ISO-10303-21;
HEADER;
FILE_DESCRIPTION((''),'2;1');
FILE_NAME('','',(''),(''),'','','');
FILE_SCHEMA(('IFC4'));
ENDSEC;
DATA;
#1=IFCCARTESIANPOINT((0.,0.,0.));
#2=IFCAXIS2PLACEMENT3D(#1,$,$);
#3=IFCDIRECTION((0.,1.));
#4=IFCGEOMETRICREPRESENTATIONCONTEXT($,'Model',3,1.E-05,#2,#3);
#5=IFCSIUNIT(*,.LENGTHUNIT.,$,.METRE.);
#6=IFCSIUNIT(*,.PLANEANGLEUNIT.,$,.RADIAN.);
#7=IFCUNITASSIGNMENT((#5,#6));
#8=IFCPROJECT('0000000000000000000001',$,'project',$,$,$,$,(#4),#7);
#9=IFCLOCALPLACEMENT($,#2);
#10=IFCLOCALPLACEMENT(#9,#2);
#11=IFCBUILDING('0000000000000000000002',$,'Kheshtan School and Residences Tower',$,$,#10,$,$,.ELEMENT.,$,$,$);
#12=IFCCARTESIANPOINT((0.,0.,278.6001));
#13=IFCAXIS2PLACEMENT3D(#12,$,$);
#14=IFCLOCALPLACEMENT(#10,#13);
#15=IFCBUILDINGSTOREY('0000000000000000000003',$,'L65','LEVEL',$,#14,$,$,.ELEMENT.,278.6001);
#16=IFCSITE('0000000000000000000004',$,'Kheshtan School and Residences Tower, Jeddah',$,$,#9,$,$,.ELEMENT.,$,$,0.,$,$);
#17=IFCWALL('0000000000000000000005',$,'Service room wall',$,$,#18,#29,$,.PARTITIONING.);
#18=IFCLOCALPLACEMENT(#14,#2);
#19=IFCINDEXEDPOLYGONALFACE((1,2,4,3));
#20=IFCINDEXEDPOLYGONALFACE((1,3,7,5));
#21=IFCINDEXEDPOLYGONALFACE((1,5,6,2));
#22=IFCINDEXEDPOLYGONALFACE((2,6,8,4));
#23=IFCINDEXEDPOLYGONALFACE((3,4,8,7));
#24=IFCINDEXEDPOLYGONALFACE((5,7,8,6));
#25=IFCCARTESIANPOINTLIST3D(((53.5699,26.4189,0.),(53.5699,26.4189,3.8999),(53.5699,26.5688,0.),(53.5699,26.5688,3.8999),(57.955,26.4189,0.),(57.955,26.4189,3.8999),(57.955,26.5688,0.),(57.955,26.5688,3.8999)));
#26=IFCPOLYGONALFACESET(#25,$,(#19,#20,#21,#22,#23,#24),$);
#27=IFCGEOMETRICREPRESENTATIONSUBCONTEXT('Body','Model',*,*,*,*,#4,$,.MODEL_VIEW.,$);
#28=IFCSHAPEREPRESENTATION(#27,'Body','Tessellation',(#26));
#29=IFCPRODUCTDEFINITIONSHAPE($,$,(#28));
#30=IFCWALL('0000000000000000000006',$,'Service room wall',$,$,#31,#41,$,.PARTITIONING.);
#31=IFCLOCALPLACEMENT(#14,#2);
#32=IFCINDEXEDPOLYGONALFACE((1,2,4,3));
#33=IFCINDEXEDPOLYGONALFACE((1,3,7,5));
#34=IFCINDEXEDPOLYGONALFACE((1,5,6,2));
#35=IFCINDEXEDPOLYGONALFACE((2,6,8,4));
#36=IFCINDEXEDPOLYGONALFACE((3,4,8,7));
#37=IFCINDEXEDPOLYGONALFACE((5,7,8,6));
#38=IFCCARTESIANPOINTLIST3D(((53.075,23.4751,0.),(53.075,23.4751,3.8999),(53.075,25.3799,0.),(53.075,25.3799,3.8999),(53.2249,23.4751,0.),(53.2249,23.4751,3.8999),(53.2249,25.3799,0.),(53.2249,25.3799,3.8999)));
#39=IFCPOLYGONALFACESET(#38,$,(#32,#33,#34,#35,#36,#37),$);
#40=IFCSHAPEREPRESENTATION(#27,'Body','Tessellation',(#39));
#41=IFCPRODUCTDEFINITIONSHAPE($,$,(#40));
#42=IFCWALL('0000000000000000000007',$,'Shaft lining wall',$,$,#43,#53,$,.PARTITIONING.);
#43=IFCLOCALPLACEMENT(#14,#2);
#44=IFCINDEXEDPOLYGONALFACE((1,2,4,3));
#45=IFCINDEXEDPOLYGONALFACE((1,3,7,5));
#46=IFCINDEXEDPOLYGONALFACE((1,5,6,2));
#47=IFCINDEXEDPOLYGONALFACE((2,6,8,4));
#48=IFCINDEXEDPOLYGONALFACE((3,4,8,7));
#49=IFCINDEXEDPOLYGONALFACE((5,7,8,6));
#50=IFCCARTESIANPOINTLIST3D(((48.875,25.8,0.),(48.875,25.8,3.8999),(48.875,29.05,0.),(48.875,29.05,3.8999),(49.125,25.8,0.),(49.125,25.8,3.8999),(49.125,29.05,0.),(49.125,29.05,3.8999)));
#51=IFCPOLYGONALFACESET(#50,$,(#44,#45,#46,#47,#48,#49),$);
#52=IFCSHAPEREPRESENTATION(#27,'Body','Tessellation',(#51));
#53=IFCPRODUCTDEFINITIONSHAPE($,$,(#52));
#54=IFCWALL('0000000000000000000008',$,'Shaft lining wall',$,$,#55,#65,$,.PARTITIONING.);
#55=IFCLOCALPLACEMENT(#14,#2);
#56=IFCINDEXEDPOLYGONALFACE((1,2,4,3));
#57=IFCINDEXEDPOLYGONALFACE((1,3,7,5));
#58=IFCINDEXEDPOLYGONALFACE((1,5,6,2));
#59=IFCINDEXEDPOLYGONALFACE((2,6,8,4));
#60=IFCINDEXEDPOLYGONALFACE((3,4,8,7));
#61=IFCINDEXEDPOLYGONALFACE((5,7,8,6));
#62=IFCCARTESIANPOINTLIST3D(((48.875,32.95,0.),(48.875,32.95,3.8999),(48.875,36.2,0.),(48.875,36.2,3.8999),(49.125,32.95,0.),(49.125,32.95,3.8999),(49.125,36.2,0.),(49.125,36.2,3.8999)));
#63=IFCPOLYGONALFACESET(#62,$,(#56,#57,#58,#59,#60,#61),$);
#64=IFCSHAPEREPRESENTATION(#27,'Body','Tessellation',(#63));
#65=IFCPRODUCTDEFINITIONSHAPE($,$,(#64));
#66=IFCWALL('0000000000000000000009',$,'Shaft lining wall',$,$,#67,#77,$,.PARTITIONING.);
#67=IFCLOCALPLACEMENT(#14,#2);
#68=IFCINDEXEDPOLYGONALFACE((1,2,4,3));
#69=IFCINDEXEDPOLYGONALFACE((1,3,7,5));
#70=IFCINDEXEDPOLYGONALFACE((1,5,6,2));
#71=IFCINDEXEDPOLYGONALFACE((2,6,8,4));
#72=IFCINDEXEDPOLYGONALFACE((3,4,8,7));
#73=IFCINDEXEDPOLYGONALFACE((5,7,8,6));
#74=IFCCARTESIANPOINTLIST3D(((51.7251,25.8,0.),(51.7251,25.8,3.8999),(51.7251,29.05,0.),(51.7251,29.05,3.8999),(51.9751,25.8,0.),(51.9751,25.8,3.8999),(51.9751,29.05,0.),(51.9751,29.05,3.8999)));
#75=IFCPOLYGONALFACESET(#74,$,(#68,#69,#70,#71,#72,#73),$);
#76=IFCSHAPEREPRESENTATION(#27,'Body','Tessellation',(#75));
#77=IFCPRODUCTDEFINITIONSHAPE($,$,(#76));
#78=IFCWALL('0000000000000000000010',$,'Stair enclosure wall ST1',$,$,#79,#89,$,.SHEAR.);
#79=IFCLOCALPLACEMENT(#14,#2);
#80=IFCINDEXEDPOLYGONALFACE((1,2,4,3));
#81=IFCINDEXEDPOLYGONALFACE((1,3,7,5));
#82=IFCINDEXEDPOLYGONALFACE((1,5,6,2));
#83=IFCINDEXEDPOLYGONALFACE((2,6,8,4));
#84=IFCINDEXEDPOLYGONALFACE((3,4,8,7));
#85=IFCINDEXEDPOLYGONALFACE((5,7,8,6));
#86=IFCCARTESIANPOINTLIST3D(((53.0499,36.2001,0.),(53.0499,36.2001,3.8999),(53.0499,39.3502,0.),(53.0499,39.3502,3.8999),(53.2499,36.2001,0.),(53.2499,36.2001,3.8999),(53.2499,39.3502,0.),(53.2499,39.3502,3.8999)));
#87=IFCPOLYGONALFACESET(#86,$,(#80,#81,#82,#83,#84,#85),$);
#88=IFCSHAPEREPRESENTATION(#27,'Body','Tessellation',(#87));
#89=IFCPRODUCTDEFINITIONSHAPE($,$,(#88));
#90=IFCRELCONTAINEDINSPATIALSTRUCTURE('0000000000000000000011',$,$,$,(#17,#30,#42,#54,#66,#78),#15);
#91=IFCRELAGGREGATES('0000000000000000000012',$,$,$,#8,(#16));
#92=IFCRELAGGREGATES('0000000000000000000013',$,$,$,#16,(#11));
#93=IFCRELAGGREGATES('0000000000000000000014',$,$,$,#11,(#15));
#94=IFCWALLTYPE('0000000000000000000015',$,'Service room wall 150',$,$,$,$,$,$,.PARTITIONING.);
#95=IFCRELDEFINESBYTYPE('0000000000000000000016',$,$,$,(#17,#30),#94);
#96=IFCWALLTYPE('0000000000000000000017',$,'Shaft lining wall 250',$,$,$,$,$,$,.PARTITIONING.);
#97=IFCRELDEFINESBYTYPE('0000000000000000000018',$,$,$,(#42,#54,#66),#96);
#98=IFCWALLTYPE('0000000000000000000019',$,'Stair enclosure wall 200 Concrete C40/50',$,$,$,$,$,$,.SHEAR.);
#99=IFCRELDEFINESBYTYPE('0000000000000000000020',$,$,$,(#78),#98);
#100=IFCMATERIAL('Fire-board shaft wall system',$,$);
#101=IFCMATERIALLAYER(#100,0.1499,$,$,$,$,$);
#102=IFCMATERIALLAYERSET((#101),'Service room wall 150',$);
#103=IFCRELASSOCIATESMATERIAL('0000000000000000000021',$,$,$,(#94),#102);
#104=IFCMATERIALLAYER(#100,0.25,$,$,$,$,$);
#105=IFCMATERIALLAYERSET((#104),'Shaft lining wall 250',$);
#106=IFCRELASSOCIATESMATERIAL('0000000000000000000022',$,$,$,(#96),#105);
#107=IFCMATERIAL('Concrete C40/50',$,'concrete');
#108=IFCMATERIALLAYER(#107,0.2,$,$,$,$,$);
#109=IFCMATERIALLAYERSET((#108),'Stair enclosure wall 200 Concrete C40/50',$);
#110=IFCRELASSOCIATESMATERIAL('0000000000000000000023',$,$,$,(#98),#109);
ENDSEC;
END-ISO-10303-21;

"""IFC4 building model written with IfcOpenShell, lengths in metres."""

from ifc_helpers import new_model, si_unit, direction, frame, frame_2d, origin, place, context, subcontext, project, spatial, rectangle, extrude, material, layer, layer_set, type_object, element, save


model = new_model("IFC4")

# Units and contexts
model_context = context("Model", 3, precision=1e-05, world=origin(), true_north=direction((0.0, 1.0)))
body_context = subcontext(model_context, "Body", "Model", "MODEL_VIEW")
ifc_project = project(units=[si_unit("LENGTHUNIT", "METRE"), si_unit("PLANEANGLEUNIT", "RADIAN")], contexts=[model_context])

# Site, building, storey
site_placement = place(None, origin())
site = spatial("IfcSite", under=ifc_project, at=site_placement, Name="Kheshtan School and Residences Tower, Jeddah", CompositionType="ELEMENT", RefElevation=0.0)
building_placement = place(site_placement, origin())
building = spatial("IfcBuilding", under=site, at=building_placement, Name="Kheshtan School and Residences Tower", CompositionType="ELEMENT")
storey_placement = place(building_placement, frame((0.0, 0.0, 278.6001)))
storey = spatial("IfcBuildingStorey", under=building, at=storey_placement, Name="L65", Description="LEVEL", CompositionType="ELEMENT", Elevation=278.6001)

# Shared definitions
ifc_material_1 = material(Name="Fire-board shaft wall system")
ifc_layer_1 = layer(ifc_material_1, 0.1499)
ifc_layer_set_1 = layer_set([ifc_layer_1], Name="Service room wall 150")
wall_type_1 = type_object("IfcWallType", Name="Service room wall 150", PredefinedType="PARTITIONING", material=ifc_layer_set_1)

# Walls
wall_1_placement = place(storey_placement, frame((53.5701, 26.4939, 0.0), z_axis=(0.0, 0.0, 1.0), x_axis=(1.0, 0.0, 0.0)))
element("IfcWall", 1, at=wall_1_placement, inside=storey, type_object=wall_type_1, Name="Service room wall", PredefinedType="PARTITIONING", context=body_context, shape_type="SweptSolid", body=[
    extrude(rectangle(XDim=4.385, YDim=0.1499, at=frame_2d((2.1924, 0.0))), origin(), (0.0, 0.0, 1.0), 3.8999),
])
wall_2_placement = place(storey_placement, frame((53.1499, 23.4751, 0.0), z_axis=(0.0, 0.0, 1.0), x_axis=(0.0, 1.0, 0.0)))
element("IfcWall", 2, at=wall_2_placement, inside=storey, type_object=wall_type_1, Name="Service room wall", PredefinedType="PARTITIONING", context=body_context, shape_type="SweptSolid", body=[
    extrude(rectangle(XDim=1.9048, YDim=0.1499, at=frame_2d((0.9524, 0.0))), origin(), (0.0, 0.0, 1.0), 3.8999),
])
ifc_layer_2 = layer(ifc_material_1, 0.25)
ifc_layer_set_2 = layer_set([ifc_layer_2], Name="Shaft lining wall 250")
wall_type_2 = type_object("IfcWallType", Name="Shaft lining wall 250", PredefinedType="PARTITIONING", material=ifc_layer_set_2)
for number, where, z_axis, x_axis, name in (
    (3, (49.0, 25.8, 0.0), (0.0, 0.0, 1.0), (0.0, 1.0, 0.0), "Shaft lining wall"),
    (4, (49.0, 32.95, 0.0), (0.0, 0.0, 1.0), (0.0, 1.0, 0.0), "Shaft lining wall"),
    (5, (51.8501, 25.8, 0.0), (0.0, 0.0, 1.0), (0.0, 1.0, 0.0), "Shaft lining wall"),
):
    element("IfcWall", number, at=place(storey_placement, frame(where, z_axis=z_axis, x_axis=x_axis)), inside=storey, type_object=wall_type_2, Name=name, PredefinedType="PARTITIONING", context=body_context, shape_type="SweptSolid", body=[
        extrude(rectangle(XDim=3.25, YDim=0.25, at=frame_2d((1.625, 0.0))), origin(), (0.0, 0.0, 1.0), 3.8999),
    ])
ifc_material_2 = material(Name="Concrete C40/50", Category="concrete")
ifc_layer_3 = layer(ifc_material_2, 0.2)
ifc_layer_set_3 = layer_set([ifc_layer_3], Name="Stair enclosure wall 200 Concrete C40/50")
wall_type_3 = type_object("IfcWallType", Name="Stair enclosure wall 200 Concrete C40/50", PredefinedType="SHEAR", material=ifc_layer_set_3)
wall_3_placement = place(storey_placement, frame((53.1499, 36.2, 0.0), z_axis=(0.0, 0.0, 1.0), x_axis=(0.0, 1.0, 0.0)))
element("IfcWall", 6, at=wall_3_placement, inside=storey, type_object=wall_type_3, Name="Stair enclosure wall ST1", PredefinedType="SHEAR", context=body_context, shape_type="SweptSolid", body=[
    extrude(rectangle(XDim=3.1501, YDim=0.2, at=frame_2d((1.5752, 0.0))), origin(), (0.0, 0.0, 1.0), 3.8999),
])

save(model, "model.ifc")
